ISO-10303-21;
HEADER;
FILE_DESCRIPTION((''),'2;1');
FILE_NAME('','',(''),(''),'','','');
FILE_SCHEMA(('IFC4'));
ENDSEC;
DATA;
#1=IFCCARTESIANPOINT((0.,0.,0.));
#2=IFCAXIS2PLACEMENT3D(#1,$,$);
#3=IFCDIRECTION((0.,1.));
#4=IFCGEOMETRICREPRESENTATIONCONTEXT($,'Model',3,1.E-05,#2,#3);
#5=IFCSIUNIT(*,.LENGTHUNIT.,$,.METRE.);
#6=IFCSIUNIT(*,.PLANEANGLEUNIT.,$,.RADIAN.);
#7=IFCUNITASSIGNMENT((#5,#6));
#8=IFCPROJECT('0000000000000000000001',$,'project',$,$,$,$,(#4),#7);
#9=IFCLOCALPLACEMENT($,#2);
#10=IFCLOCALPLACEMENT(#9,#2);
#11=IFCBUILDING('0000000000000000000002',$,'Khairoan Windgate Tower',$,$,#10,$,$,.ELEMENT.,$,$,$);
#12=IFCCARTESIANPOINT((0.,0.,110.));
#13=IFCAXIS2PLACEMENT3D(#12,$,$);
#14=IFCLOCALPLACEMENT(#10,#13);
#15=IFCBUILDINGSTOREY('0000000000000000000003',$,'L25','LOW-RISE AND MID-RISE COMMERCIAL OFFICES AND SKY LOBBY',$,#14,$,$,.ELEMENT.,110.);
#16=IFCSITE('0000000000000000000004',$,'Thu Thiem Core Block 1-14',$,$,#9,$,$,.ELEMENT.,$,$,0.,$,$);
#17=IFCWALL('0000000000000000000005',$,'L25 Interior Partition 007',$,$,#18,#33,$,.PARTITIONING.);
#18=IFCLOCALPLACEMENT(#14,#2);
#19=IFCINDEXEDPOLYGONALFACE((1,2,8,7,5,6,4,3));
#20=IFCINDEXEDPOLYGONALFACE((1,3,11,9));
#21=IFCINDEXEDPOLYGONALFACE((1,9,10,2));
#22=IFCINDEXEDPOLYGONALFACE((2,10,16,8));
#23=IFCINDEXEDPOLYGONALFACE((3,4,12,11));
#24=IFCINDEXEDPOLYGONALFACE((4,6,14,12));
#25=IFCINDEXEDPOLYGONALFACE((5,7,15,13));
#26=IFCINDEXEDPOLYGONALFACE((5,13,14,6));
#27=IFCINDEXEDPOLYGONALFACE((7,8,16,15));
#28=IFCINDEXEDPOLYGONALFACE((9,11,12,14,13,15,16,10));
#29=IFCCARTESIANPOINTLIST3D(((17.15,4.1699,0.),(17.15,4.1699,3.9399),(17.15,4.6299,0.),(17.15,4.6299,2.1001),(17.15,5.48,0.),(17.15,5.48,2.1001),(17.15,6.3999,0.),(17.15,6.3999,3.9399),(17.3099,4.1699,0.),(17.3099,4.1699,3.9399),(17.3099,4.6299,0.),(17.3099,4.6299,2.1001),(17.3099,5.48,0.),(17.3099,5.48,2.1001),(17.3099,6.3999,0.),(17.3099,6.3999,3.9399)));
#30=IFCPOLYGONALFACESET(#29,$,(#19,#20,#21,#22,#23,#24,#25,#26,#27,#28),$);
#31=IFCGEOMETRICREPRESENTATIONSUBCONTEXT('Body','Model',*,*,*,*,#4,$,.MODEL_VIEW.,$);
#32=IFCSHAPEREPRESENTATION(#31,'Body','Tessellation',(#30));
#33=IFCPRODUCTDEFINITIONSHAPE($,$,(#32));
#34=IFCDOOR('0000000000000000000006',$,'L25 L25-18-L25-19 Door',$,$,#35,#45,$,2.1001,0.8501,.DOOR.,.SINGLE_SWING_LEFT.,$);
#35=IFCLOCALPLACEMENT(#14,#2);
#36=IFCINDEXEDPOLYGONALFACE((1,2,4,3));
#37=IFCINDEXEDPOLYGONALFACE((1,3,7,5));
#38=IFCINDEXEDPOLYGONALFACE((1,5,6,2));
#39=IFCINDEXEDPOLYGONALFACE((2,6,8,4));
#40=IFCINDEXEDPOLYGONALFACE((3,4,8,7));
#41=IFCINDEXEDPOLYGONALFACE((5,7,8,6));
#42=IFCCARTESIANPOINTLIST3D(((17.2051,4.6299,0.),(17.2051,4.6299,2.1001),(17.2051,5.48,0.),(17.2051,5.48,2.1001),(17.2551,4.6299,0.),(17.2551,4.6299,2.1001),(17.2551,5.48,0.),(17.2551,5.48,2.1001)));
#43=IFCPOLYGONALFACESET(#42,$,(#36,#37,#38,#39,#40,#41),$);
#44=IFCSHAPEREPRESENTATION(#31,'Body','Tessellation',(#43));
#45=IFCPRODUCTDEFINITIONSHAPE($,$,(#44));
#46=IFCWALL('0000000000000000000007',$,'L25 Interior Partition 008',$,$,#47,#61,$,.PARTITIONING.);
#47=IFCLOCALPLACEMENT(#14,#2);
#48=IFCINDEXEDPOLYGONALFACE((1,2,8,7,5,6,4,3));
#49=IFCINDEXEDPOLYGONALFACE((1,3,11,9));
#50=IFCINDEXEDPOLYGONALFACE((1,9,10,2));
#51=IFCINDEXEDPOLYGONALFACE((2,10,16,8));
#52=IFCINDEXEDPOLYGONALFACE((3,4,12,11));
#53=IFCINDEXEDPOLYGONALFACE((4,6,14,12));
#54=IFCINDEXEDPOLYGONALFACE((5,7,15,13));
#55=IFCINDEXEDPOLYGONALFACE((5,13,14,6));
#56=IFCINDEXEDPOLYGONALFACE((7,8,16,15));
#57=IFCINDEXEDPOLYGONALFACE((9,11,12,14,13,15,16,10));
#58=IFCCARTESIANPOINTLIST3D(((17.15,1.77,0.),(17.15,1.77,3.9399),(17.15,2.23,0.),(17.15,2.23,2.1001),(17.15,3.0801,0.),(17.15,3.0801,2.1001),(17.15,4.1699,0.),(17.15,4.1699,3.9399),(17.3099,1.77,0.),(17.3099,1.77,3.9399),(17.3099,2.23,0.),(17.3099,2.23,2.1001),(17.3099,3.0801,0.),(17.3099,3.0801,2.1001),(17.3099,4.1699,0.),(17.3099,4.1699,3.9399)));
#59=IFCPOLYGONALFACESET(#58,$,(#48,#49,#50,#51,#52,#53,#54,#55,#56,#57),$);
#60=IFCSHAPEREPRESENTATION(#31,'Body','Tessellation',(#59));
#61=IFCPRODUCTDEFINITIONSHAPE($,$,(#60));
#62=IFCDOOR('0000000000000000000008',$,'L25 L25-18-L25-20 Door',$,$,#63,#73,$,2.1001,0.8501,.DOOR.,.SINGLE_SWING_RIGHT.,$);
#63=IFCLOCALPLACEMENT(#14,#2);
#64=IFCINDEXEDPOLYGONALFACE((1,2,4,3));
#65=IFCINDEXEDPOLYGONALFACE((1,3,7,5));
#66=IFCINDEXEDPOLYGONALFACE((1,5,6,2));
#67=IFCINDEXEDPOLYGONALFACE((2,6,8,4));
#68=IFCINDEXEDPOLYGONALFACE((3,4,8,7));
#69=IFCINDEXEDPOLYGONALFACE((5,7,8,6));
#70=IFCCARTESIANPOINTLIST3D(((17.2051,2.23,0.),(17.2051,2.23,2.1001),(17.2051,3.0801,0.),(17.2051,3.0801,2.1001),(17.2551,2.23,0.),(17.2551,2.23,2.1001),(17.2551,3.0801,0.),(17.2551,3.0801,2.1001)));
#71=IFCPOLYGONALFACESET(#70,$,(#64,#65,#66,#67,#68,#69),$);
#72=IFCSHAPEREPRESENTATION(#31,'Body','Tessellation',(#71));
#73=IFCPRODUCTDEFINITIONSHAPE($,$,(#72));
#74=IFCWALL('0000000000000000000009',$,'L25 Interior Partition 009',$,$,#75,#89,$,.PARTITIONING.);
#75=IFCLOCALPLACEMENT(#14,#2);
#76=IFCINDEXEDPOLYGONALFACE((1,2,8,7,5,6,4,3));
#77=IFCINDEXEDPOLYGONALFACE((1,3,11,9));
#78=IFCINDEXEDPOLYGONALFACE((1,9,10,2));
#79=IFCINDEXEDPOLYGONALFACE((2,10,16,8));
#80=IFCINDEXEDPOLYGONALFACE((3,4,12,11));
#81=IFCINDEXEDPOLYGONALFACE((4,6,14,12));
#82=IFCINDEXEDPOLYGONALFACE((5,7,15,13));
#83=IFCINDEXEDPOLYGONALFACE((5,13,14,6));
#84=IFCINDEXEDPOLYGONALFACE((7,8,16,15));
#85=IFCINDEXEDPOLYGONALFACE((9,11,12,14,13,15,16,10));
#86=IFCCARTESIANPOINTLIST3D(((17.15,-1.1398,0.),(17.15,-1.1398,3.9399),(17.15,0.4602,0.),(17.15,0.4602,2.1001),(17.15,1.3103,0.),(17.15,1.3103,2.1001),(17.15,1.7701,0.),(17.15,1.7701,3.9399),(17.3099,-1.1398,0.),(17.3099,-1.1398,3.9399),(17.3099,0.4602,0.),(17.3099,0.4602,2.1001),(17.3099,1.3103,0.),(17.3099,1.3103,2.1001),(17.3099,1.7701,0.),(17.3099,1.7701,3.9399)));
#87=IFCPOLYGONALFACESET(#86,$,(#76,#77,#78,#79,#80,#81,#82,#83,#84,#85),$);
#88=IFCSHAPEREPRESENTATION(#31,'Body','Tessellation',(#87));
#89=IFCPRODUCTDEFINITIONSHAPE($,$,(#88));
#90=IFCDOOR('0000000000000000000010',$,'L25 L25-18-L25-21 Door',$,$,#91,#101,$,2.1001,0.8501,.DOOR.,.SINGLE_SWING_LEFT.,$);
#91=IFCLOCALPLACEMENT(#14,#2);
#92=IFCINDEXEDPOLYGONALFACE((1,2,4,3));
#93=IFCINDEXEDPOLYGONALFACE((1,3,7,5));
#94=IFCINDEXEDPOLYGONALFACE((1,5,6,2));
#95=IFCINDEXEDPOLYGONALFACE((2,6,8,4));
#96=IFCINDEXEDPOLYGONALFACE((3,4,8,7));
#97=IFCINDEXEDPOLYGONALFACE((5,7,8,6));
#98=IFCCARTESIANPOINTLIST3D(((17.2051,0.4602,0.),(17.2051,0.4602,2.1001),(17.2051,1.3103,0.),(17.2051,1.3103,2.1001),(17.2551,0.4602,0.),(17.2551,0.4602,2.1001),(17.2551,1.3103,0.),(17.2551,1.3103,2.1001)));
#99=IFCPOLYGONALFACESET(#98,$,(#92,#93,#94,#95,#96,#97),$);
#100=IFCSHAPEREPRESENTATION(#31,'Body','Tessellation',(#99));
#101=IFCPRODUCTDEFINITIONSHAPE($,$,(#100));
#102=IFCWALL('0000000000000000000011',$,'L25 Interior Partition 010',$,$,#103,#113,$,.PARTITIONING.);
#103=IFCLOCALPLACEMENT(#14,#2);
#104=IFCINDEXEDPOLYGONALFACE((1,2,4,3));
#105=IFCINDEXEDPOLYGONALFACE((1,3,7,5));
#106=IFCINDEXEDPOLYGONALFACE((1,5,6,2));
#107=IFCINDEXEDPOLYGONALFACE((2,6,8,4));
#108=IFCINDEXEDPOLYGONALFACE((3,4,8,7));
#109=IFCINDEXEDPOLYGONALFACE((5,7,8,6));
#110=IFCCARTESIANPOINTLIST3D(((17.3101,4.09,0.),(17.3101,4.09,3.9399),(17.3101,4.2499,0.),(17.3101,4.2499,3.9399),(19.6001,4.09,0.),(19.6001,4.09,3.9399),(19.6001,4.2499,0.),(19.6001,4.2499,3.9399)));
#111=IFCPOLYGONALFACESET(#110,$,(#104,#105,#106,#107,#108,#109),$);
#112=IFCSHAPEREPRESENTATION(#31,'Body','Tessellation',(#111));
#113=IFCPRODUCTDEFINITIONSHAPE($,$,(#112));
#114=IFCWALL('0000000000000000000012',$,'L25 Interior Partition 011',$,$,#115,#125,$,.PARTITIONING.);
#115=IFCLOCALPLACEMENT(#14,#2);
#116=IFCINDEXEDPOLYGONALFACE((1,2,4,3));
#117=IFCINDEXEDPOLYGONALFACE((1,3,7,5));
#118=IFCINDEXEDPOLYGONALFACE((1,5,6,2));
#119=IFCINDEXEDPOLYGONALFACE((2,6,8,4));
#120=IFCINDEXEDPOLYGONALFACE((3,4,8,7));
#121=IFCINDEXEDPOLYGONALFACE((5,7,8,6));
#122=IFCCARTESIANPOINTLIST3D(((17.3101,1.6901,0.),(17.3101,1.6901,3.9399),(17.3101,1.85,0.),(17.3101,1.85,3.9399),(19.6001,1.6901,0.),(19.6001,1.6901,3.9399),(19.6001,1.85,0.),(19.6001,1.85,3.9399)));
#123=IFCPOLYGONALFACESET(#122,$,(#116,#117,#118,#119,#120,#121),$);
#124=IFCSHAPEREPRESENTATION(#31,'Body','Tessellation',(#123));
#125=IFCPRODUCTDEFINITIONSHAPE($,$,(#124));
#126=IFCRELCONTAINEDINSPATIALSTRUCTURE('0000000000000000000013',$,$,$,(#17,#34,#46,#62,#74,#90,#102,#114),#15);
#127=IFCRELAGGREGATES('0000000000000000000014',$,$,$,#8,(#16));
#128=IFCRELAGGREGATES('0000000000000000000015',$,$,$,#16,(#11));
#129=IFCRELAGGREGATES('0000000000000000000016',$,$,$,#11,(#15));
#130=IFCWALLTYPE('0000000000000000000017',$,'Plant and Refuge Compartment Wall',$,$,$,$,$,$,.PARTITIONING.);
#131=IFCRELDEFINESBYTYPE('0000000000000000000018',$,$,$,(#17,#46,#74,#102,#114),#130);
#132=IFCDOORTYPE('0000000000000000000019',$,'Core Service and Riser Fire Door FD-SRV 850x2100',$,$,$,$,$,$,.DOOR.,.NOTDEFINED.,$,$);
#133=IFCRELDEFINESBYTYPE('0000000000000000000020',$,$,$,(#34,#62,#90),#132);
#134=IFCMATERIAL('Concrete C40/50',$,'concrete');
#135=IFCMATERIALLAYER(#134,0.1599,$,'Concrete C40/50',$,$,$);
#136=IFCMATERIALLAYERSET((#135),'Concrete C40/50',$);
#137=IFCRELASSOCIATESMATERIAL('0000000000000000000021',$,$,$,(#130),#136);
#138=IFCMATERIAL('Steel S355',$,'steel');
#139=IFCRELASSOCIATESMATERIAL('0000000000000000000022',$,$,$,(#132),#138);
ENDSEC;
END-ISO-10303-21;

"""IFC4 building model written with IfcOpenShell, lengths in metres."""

from ifc_helpers import new_model, si_unit, direction, frame, frame_2d, origin, place, context, subcontext, project, spatial, rectangle, extrude, material, layer, layer_set, type_object, element, fill, save


model = new_model("IFC4")

# Units and contexts
model_context = context("Model", 3, precision=1e-05, world=origin(), true_north=direction((0.0, 1.0)))
body_context = subcontext(model_context, "Body", "Model", "MODEL_VIEW")
ifc_project = project(units=[si_unit("LENGTHUNIT", "METRE"), si_unit("PLANEANGLEUNIT", "RADIAN")], contexts=[model_context])

# Site, building, storey
site_placement = place(None, origin())
site = spatial("IfcSite", under=ifc_project, at=site_placement, Name="Thu Thiem Core Block 1-14", CompositionType="ELEMENT", RefElevation=0.0)
building_placement = place(site_placement, origin())
building = spatial("IfcBuilding", under=site, at=building_placement, Name="Khairoan Windgate Tower", CompositionType="ELEMENT")
storey_placement = place(building_placement, frame((0.0, 0.0, 110.0)))
storey = spatial("IfcBuildingStorey", under=building, at=storey_placement, Name="L25", Description="LOW-RISE AND MID-RISE COMMERCIAL OFFICES AND SKY LOBBY", CompositionType="ELEMENT", Elevation=110.0)

# Walls, openings, doors
ifc_material_1 = material(Name="Concrete C40/50", Category="concrete")
ifc_layer_1 = layer(ifc_material_1, 0.1599, Name="Concrete C40/50")
ifc_layer_set_1 = layer_set([ifc_layer_1], Name="Concrete C40/50")
wall_type_1 = type_object("IfcWallType", Name="Plant and Refuge Compartment Wall", PredefinedType="PARTITIONING", material=ifc_layer_set_1)
wall_1_placement = place(storey_placement, frame((17.23, 4.1699, 0.0), z_axis=(0.0, 0.0, 1.0), x_axis=(0.0, 1.0, 0.0)))
wall_1 = element("IfcWall", 1, at=wall_1_placement, inside=storey, type_object=wall_type_1, Name="L25 Interior Partition 007", PredefinedType="PARTITIONING", context=body_context, shape_type="SweptSolid", body=[
    extrude(rectangle(XDim=2.23, YDim=0.1599, at=frame_2d((1.115, 0.0))), origin(), (0.0, 0.0, 1.0), 3.9399),
])
opening_1_placement = place(wall_1_placement, frame((0.46, 0.0, 0.0)))
opening_1 = element("IfcOpeningElement", 2, at=opening_1_placement, cuts=wall_1, PredefinedType="OPENING", context=body_context, shape_type="SweptSolid", body=[
    extrude(rectangle(XDim=0.8501, YDim=2.1001, at=frame_2d((0.425, 1.05))), frame((0.0, 0.0898, 0.0), z_axis=(0.0, -1.0, 0.0), x_axis=(1.0, 0.0, 0.0)), (0.0, 0.0, 1.0), 0.1799),
])
ifc_material_2 = material(Name="Steel S355", Category="steel")
door_type = type_object("IfcDoorType", Name="Core Service and Riser Fire Door FD-SRV 850x2100", OperationType="NOTDEFINED", PredefinedType="DOOR", material=ifc_material_2)
door_1_placement = place(opening_1_placement, origin())
door_1 = element("IfcDoor", 3, at=door_1_placement, inside=storey, type_object=door_type, Name="L25 L25-18-L25-19 Door", OperationType="SINGLE_SWING_LEFT", OverallHeight=2.1001, OverallWidth=0.8501, PredefinedType="DOOR", context=body_context, shape_type="SweptSolid", body=[
    extrude(rectangle(XDim=0.8501, YDim=2.1001, at=frame_2d((0.425, 1.05))), frame((0.0, 0.0249, 0.0), z_axis=(0.0, -1.0, 0.0), x_axis=(1.0, 0.0, 0.0)), (0.0, 0.0, 1.0), 0.05),
])
fill(opening_1, door_1)
wall_2_placement = place(storey_placement, frame((17.23, 1.77, 0.0), z_axis=(0.0, 0.0, 1.0), x_axis=(0.0, 1.0, 0.0)))
wall_2 = element("IfcWall", 4, at=wall_2_placement, inside=storey, type_object=wall_type_1, Name="L25 Interior Partition 008", PredefinedType="PARTITIONING", context=body_context, shape_type="SweptSolid", body=[
    extrude(rectangle(XDim=2.3999, YDim=0.1599, at=frame_2d((1.2, 0.0))), origin(), (0.0, 0.0, 1.0), 3.9399),
])
opening_2_placement = place(wall_2_placement, frame((0.46, 0.0, 0.0)))
opening_2 = element("IfcOpeningElement", 5, at=opening_2_placement, cuts=wall_2, PredefinedType="OPENING", context=body_context, shape_type="SweptSolid", body=[
    extrude(rectangle(XDim=0.8501, YDim=2.1001, at=frame_2d((0.425, 1.05))), frame((0.0, 0.0898, 0.0), z_axis=(0.0, -1.0, 0.0), x_axis=(1.0, 0.0, 0.0)), (0.0, 0.0, 1.0), 0.1799),
])
door_2_placement = place(opening_2_placement, origin())
door_2 = element("IfcDoor", 6, at=door_2_placement, inside=storey, type_object=door_type, Name="L25 L25-18-L25-20 Door", OperationType="SINGLE_SWING_RIGHT", OverallHeight=2.1001, OverallWidth=0.8501, PredefinedType="DOOR", context=body_context, shape_type="SweptSolid", body=[
    extrude(rectangle(XDim=0.8501, YDim=2.1001, at=frame_2d((0.425, 1.05))), frame((0.0, 0.0249, 0.0), z_axis=(0.0, -1.0, 0.0), x_axis=(1.0, 0.0, 0.0)), (0.0, 0.0, 1.0), 0.05),
])
fill(opening_2, door_2)
wall_3_placement = place(storey_placement, frame((17.23, -1.1399, 0.0), z_axis=(0.0, 0.0, 1.0), x_axis=(0.0, 1.0, 0.0)))
wall_3 = element("IfcWall", 7, at=wall_3_placement, inside=storey, type_object=wall_type_1, Name="L25 Interior Partition 009", PredefinedType="PARTITIONING", context=body_context, shape_type="SweptSolid", body=[
    extrude(rectangle(XDim=2.9099, YDim=0.1599, at=frame_2d((1.4551, 0.0))), origin(), (0.0, 0.0, 1.0), 3.9399),
])
opening_3_placement = place(wall_3_placement, frame((1.6001, 0.0, 0.0)))
opening_3 = element("IfcOpeningElement", 8, at=opening_3_placement, cuts=wall_3, PredefinedType="OPENING", context=body_context, shape_type="SweptSolid", body=[
    extrude(rectangle(XDim=0.8501, YDim=2.1001, at=frame_2d((0.425, 1.05))), frame((0.0, 0.0898, 0.0), z_axis=(0.0, -1.0, 0.0), x_axis=(1.0, 0.0, 0.0)), (0.0, 0.0, 1.0), 0.1799),
])
door_3_placement = place(opening_3_placement, origin())
door_3 = element("IfcDoor", 9, at=door_3_placement, inside=storey, type_object=door_type, Name="L25 L25-18-L25-21 Door", OperationType="SINGLE_SWING_LEFT", OverallHeight=2.1001, OverallWidth=0.8501, PredefinedType="DOOR", context=body_context, shape_type="SweptSolid", body=[
    extrude(rectangle(XDim=0.8501, YDim=2.1001, at=frame_2d((0.425, 1.05))), frame((0.0, 0.0249, 0.0), z_axis=(0.0, -1.0, 0.0), x_axis=(1.0, 0.0, 0.0)), (0.0, 0.0, 1.0), 0.05),
])
fill(opening_3, door_3)

# Walls
for number, where, z_axis, x_axis, name in (
    (10, (17.3101, 4.1699, 0.0), (0.0, 0.0, 1.0), (1.0, 0.0, 0.0), "L25 Interior Partition 010"),
    (11, (17.3101, 1.77, 0.0), (0.0, 0.0, 1.0), (1.0, 0.0, 0.0), "L25 Interior Partition 011"),
):
    element("IfcWall", number, at=place(storey_placement, frame(where, z_axis=z_axis, x_axis=x_axis)), inside=storey, type_object=wall_type_1, Name=name, PredefinedType="PARTITIONING", context=body_context, shape_type="SweptSolid", body=[
        extrude(rectangle(XDim=2.29, YDim=0.1599, at=frame_2d((1.145, 0.0))), origin(), (0.0, 0.0, 1.0), 3.9399),
    ])

save(model, "model.ifc")
